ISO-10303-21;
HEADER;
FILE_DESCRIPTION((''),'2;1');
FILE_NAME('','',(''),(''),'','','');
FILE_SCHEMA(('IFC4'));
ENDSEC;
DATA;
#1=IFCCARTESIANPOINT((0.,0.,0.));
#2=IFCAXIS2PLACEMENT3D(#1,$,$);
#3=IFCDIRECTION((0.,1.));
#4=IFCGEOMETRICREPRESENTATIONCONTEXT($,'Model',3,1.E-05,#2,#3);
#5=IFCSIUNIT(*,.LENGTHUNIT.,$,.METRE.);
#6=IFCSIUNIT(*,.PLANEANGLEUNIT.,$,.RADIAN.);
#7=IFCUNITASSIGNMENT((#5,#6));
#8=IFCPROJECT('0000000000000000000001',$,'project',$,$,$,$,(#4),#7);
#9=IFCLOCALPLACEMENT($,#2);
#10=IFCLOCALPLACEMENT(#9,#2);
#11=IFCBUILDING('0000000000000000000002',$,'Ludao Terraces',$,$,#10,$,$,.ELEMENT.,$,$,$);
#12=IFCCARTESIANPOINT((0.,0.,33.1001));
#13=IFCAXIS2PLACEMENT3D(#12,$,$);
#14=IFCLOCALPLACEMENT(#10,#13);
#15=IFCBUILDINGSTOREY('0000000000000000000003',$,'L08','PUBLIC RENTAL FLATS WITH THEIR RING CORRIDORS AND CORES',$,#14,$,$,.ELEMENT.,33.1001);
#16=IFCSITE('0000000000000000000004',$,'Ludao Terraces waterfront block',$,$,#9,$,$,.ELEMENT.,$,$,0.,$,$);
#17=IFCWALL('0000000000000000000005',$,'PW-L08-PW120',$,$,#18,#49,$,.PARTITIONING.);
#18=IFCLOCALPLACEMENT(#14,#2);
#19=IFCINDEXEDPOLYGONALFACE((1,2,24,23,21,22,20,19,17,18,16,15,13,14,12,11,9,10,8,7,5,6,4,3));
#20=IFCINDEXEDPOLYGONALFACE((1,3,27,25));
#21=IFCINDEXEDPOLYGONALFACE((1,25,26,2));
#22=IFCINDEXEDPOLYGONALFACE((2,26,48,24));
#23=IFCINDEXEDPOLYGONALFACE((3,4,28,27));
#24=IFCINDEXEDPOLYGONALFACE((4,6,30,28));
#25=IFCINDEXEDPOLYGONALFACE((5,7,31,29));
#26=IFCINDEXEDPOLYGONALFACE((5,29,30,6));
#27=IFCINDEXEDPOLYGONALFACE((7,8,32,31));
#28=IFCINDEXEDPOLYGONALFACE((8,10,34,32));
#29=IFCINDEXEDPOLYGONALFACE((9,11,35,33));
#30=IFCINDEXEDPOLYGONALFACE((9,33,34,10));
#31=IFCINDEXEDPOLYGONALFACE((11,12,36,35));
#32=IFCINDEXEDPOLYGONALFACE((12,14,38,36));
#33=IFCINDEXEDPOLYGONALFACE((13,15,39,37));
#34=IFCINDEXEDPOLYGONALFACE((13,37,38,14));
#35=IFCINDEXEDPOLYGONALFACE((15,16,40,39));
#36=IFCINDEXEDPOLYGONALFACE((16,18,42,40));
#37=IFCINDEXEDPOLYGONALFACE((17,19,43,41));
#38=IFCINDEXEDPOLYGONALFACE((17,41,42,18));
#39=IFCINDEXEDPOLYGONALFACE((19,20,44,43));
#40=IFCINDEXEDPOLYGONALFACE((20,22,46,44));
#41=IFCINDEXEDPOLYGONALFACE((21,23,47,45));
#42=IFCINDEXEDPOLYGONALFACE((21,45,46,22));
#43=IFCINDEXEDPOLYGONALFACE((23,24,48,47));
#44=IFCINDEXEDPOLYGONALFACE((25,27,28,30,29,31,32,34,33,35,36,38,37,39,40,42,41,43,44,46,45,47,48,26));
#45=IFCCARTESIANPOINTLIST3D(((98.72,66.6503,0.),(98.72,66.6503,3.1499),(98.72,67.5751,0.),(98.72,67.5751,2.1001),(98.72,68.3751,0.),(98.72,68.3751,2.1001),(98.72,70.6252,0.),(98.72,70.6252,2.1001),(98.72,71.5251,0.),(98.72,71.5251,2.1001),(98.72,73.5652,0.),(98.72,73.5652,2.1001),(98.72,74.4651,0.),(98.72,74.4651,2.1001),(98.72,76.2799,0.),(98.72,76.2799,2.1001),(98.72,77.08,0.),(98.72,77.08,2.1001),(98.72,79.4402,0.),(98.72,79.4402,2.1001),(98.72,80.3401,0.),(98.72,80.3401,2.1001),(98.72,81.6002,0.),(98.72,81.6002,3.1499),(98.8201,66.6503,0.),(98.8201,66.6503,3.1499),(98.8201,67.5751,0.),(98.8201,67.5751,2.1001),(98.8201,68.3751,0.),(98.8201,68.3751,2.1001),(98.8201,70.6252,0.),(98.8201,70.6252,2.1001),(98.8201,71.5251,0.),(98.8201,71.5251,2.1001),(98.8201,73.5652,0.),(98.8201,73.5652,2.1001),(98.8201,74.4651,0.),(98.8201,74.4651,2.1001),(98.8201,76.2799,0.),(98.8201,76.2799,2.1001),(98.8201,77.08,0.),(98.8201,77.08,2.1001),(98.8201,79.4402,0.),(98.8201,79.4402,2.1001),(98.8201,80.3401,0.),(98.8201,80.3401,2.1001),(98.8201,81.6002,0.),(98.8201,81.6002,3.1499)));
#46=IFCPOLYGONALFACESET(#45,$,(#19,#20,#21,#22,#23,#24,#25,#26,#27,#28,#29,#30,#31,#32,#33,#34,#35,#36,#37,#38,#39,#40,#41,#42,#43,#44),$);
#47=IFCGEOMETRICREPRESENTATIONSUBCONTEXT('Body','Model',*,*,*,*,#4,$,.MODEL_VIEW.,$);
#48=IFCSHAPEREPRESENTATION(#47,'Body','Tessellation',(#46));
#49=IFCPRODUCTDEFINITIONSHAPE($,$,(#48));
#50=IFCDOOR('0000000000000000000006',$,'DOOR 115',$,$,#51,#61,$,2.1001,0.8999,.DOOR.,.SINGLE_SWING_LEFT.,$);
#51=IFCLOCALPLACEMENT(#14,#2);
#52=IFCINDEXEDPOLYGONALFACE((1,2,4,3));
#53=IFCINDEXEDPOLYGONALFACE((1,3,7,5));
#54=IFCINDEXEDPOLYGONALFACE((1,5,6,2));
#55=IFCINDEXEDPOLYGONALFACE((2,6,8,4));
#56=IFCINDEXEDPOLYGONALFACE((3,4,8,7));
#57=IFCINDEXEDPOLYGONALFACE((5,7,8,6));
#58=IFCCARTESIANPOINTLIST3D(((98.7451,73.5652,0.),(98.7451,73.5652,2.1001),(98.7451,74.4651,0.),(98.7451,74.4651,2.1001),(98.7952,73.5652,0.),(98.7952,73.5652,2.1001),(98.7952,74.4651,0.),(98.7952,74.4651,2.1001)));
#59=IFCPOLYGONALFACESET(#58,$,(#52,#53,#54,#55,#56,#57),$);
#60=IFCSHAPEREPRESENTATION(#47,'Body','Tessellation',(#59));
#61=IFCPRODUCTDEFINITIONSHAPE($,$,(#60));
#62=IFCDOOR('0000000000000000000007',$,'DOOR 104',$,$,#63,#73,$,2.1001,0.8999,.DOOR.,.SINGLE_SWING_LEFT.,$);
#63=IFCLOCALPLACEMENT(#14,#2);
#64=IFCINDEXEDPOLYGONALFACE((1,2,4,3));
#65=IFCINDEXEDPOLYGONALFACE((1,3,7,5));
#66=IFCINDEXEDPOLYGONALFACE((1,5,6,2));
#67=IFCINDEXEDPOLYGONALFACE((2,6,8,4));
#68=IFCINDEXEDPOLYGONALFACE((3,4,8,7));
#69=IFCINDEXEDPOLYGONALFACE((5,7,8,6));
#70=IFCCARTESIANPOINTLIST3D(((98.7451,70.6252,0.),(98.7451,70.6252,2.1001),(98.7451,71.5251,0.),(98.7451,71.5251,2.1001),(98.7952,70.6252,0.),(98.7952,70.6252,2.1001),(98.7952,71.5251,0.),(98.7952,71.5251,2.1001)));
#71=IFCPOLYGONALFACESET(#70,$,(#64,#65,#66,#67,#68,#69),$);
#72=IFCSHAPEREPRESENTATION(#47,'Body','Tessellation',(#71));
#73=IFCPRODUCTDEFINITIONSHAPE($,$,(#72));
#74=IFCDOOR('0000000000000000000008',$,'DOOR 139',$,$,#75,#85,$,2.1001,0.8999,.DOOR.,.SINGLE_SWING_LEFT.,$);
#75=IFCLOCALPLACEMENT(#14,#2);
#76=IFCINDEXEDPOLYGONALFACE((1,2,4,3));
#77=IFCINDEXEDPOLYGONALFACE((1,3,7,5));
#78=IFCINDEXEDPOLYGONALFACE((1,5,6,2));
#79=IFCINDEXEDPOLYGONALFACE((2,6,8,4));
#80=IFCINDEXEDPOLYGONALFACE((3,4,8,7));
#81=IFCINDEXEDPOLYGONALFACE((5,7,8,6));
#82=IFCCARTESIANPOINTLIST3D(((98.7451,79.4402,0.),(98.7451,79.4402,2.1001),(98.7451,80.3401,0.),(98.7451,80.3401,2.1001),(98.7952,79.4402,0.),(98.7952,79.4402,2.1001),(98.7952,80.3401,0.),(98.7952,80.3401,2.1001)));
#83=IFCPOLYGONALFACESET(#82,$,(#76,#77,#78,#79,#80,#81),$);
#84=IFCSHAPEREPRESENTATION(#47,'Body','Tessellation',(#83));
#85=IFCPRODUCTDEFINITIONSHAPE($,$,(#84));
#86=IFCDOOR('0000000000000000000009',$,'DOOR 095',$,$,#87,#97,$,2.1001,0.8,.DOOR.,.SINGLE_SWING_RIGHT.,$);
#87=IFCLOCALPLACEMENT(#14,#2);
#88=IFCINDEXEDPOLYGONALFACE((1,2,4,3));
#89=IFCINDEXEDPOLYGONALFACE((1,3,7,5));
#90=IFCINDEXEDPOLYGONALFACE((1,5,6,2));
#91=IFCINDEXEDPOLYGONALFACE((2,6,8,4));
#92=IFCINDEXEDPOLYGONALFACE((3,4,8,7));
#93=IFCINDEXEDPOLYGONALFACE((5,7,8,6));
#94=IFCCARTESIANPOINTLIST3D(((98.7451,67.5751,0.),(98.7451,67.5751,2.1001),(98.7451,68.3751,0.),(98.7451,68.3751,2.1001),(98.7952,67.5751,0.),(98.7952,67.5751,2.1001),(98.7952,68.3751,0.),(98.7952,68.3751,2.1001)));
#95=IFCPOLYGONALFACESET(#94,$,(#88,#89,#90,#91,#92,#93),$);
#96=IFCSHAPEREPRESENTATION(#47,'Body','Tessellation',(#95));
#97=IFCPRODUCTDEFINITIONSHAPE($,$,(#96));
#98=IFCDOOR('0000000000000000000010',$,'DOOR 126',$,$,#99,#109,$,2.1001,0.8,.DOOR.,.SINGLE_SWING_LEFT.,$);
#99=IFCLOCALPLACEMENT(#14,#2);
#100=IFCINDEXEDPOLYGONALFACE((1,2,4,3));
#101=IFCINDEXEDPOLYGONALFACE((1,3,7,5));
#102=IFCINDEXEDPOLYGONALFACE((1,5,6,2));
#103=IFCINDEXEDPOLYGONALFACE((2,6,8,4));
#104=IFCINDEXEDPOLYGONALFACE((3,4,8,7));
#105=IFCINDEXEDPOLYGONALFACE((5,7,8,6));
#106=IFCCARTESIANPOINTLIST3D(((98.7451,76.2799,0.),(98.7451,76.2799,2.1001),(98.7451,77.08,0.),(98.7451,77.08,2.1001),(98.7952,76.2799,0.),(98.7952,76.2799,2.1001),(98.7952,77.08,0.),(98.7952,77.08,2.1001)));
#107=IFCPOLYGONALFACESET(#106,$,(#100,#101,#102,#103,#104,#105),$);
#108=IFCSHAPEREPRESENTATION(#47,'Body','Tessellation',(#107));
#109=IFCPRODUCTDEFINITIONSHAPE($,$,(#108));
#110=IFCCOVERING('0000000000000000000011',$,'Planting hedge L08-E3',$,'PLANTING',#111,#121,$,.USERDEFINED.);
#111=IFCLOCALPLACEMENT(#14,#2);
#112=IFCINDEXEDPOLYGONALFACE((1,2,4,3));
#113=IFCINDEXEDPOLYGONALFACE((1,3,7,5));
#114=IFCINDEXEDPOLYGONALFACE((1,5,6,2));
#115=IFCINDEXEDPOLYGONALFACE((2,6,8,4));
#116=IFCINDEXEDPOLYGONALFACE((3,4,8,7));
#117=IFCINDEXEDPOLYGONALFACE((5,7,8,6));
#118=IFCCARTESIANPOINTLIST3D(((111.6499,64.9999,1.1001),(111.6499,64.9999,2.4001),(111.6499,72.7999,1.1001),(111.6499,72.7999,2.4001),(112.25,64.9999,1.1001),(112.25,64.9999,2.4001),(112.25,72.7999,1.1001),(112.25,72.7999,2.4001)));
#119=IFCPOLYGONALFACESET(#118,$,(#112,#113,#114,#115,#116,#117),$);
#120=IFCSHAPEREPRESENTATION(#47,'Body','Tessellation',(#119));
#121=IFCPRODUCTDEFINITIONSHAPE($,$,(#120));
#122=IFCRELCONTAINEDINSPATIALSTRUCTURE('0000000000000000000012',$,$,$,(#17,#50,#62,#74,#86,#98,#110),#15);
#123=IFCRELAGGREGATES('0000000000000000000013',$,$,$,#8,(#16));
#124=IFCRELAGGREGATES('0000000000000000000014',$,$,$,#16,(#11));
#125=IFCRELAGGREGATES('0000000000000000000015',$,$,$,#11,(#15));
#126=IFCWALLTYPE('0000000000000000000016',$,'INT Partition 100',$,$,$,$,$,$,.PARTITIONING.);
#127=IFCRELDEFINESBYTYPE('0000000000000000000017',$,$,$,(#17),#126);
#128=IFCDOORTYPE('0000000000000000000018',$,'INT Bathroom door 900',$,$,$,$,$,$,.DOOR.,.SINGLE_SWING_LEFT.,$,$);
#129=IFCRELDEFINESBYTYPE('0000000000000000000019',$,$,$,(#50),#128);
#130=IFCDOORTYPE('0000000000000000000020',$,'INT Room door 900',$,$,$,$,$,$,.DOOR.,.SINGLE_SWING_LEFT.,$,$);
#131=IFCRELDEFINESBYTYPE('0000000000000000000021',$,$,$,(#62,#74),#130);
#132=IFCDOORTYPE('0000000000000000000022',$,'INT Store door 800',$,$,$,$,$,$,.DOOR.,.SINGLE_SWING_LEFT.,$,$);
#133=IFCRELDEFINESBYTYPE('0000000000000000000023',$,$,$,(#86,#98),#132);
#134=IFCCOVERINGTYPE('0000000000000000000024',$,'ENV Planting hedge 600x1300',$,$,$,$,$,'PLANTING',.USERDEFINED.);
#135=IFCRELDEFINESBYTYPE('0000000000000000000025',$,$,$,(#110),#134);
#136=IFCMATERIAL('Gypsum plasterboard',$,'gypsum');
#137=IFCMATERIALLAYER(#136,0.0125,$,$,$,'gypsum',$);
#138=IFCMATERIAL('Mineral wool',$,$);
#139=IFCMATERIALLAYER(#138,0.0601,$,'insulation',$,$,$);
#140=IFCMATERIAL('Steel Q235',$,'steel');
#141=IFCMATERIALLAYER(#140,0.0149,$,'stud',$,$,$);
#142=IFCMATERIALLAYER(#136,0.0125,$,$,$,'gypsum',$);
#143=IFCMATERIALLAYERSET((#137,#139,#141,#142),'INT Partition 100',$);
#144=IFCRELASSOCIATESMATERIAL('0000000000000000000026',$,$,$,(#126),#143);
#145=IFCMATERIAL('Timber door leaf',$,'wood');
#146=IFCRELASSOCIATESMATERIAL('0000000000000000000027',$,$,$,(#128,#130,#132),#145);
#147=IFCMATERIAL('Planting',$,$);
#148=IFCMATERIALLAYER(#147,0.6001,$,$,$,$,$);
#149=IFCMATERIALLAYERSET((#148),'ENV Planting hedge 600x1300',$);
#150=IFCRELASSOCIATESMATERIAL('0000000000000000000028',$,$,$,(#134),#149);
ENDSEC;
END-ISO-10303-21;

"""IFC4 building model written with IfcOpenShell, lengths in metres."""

from ifc_helpers import new_model, si_unit, direction, frame, frame_2d, origin, origin_2d, place, context, subcontext, project, spatial, rectangle, extrude, material, layer, layer_set, type_object, element, fill, save


model = new_model("IFC4")

# Units and contexts
model_context = context("Model", 3, precision=1e-05, world=origin(), true_north=direction((0.0, 1.0)))
body_context = subcontext(model_context, "Body", "Model", "MODEL_VIEW")
ifc_project = project(units=[si_unit("LENGTHUNIT", "METRE"), si_unit("PLANEANGLEUNIT", "RADIAN")], contexts=[model_context])

# Site, building, storey
site_placement = place(None, origin())
site = spatial("IfcSite", under=ifc_project, at=site_placement, Name="Ludao Terraces waterfront block", CompositionType="ELEMENT", RefElevation=0.0)
building_placement = place(site_placement, origin())
building = spatial("IfcBuilding", under=site, at=building_placement, Name="Ludao Terraces", CompositionType="ELEMENT")
storey_placement = place(building_placement, frame((0.0, 0.0, 33.1001)))
storey = spatial("IfcBuildingStorey", under=building, at=storey_placement, Name="L08", Description="PUBLIC RENTAL FLATS WITH THEIR RING CORRIDORS AND CORES", CompositionType="ELEMENT", Elevation=33.1001)

# Shared definitions
ifc_material_1 = material(Name="Mineral wool")

# Shared definitions
ifc_material_2 = material(Name="Gypsum plasterboard", Category="gypsum")
ifc_layer_1 = layer(ifc_material_2, 0.0125, Category="gypsum")
ifc_layer_2 = layer(ifc_material_1, 0.0601, Name="insulation")
ifc_material_3 = material(Name="Steel Q235", Category="steel")
ifc_layer_3 = layer(ifc_material_3, 0.0149, Name="stud")
ifc_layer_4 = layer(ifc_material_2, 0.0125, Category="gypsum")
ifc_layer_set_1 = layer_set([ifc_layer_1, ifc_layer_2, ifc_layer_3, ifc_layer_4], Name="INT Partition 100")
wall_type_1 = type_object("IfcWallType", Name="INT Partition 100", PredefinedType="PARTITIONING", material=ifc_layer_set_1)

# Wall, openings, doors
wall_1_placement = place(storey_placement, frame((98.77, 66.6501, 0.0), z_axis=(0.0, 0.0, 1.0), x_axis=(0.0, 1.0, 0.0)))
wall_1 = element("IfcWall", 1, at=wall_1_placement, inside=storey, type_object=wall_type_1, Name="PW-L08-PW120", PredefinedType="PARTITIONING", context=body_context, shape_type="SweptSolid", body=[
    extrude(rectangle(XDim=14.95, YDim=0.1001, at=frame_2d((7.4751, 0.0))), origin(), (0.0, 0.0, 1.0), 3.1499),
])
opening_1_placement = place(wall_1_placement, frame((0.925, 0.0, 0.0)))
opening_1 = element("IfcOpeningElement", 2, at=opening_1_placement, cuts=wall_1, PredefinedType="OPENING", context=body_context, shape_type="SweptSolid", body=[
    extrude(rectangle(XDim=0.8, YDim=2.1001, at=frame_2d((0.3999, 1.05))), frame((0.0, 0.0601, 0.0), z_axis=(0.0, -1.0, 0.0), x_axis=(1.0, 0.0, 0.0)), (0.0, 0.0, 1.0), 0.1201),
])
opening_2_placement = place(wall_1_placement, frame((3.9751, 0.0, 0.0)))
opening_2 = element("IfcOpeningElement", 3, at=opening_2_placement, cuts=wall_1, PredefinedType="OPENING", context=body_context, shape_type="SweptSolid", body=[
    extrude(rectangle(XDim=0.8999, YDim=2.1001, at=frame_2d((0.45, 1.05))), frame((0.0, 0.0601, 0.0), z_axis=(0.0, -1.0, 0.0), x_axis=(1.0, 0.0, 0.0)), (0.0, 0.0, 1.0), 0.1201),
])
opening_3_placement = place(wall_1_placement, frame((6.915, 0.0, 0.0)))
opening_3 = element("IfcOpeningElement", 4, at=opening_3_placement, cuts=wall_1, PredefinedType="OPENING", context=body_context, shape_type="SweptSolid", body=[
    extrude(rectangle(XDim=0.8999, YDim=2.1001, at=frame_2d((0.45, 1.05))), frame((0.0, 0.0601, 0.0), z_axis=(0.0, -1.0, 0.0), x_axis=(1.0, 0.0, 0.0)), (0.0, 0.0, 1.0), 0.1201),
])
opening_4_placement = place(wall_1_placement, frame((9.6299, 0.0, 0.0)))
opening_4 = element("IfcOpeningElement", 5, at=opening_4_placement, cuts=wall_1, PredefinedType="OPENING", context=body_context, shape_type="SweptSolid", body=[
    extrude(rectangle(XDim=0.8, YDim=2.1001, at=frame_2d((0.3999, 1.05))), frame((0.0, 0.0601, 0.0), z_axis=(0.0, -1.0, 0.0), x_axis=(1.0, 0.0, 0.0)), (0.0, 0.0, 1.0), 0.1201),
])
opening_5_placement = place(wall_1_placement, frame((12.79, 0.0, 0.0)))
opening_5 = element("IfcOpeningElement", 6, at=opening_5_placement, cuts=wall_1, PredefinedType="OPENING", context=body_context, shape_type="SweptSolid", body=[
    extrude(rectangle(XDim=0.8999, YDim=2.1001, at=frame_2d((0.45, 1.05))), frame((0.0, 0.0601, 0.0), z_axis=(0.0, -1.0, 0.0), x_axis=(1.0, 0.0, 0.0)), (0.0, 0.0, 1.0), 0.1201),
])
ifc_material_4 = material(Name="Timber door leaf", Category="wood")
door_type_1 = type_object("IfcDoorType", Name="INT Bathroom door 900", OperationType="SINGLE_SWING_LEFT", PredefinedType="DOOR", material=ifc_material_4)
door_1_placement = place(opening_3_placement, origin())
door_1 = element("IfcDoor", 7, at=door_1_placement, inside=storey, type_object=door_type_1, Name="DOOR 115", OperationType="SINGLE_SWING_LEFT", OverallHeight=2.1001, OverallWidth=0.8999, PredefinedType="DOOR", context=body_context, shape_type="SweptSolid", body=[
    extrude(rectangle(XDim=0.8999, YDim=2.1001, at=frame_2d((0.45, 1.05))), frame((0.0, 0.0249, 0.0), z_axis=(0.0, -1.0, 0.0), x_axis=(1.0, 0.0, 0.0)), (0.0, 0.0, 1.0), 0.05),
])
fill(opening_3, door_1)
door_type_2 = type_object("IfcDoorType", Name="INT Room door 900", OperationType="SINGLE_SWING_LEFT", PredefinedType="DOOR", material=ifc_material_4)
door_2_placement = place(opening_2_placement, origin())
door_2 = element("IfcDoor", 8, at=door_2_placement, inside=storey, type_object=door_type_2, Name="DOOR 104", OperationType="SINGLE_SWING_LEFT", OverallHeight=2.1001, OverallWidth=0.8999, PredefinedType="DOOR", context=body_context, shape_type="SweptSolid", body=[
    extrude(rectangle(XDim=0.8999, YDim=2.1001, at=frame_2d((0.45, 1.05))), frame((0.0, 0.0249, 0.0), z_axis=(0.0, -1.0, 0.0), x_axis=(1.0, 0.0, 0.0)), (0.0, 0.0, 1.0), 0.05),
])
fill(opening_2, door_2)
door_3_placement = place(opening_5_placement, origin())
door_3 = element("IfcDoor", 9, at=door_3_placement, inside=storey, type_object=door_type_2, Name="DOOR 139", OperationType="SINGLE_SWING_LEFT", OverallHeight=2.1001, OverallWidth=0.8999, PredefinedType="DOOR", context=body_context, shape_type="SweptSolid", body=[
    extrude(rectangle(XDim=0.8999, YDim=2.1001, at=frame_2d((0.45, 1.05))), frame((0.0, 0.0249, 0.0), z_axis=(0.0, -1.0, 0.0), x_axis=(1.0, 0.0, 0.0)), (0.0, 0.0, 1.0), 0.05),
])
fill(opening_5, door_3)
door_type_3 = type_object("IfcDoorType", Name="INT Store door 800", OperationType="SINGLE_SWING_LEFT", PredefinedType="DOOR", material=ifc_material_4)
door_4_placement = place(opening_1_placement, origin())
door_4 = element("IfcDoor", 10, at=door_4_placement, inside=storey, type_object=door_type_3, Name="DOOR 095", OperationType="SINGLE_SWING_RIGHT", OverallHeight=2.1001, OverallWidth=0.8, PredefinedType="DOOR", context=body_context, shape_type="SweptSolid", body=[
    extrude(rectangle(XDim=0.8, YDim=2.1001, at=frame_2d((0.3999, 1.05))), frame((0.0, 0.0249, 0.0), z_axis=(0.0, -1.0, 0.0), x_axis=(1.0, 0.0, 0.0)), (0.0, 0.0, 1.0), 0.05),
])
fill(opening_1, door_4)
door_5_placement = place(opening_4_placement, origin())
door_5 = element("IfcDoor", 11, at=door_5_placement, inside=storey, type_object=door_type_3, Name="DOOR 126", OperationType="SINGLE_SWING_LEFT", OverallHeight=2.1001, OverallWidth=0.8, PredefinedType="DOOR", context=body_context, shape_type="SweptSolid", body=[
    extrude(rectangle(XDim=0.8, YDim=2.1001, at=frame_2d((0.3999, 1.05))), frame((0.0, 0.0249, 0.0), z_axis=(0.0, -1.0, 0.0), x_axis=(1.0, 0.0, 0.0)), (0.0, 0.0, 1.0), 0.05),
])
fill(opening_4, door_5)

# Covering
ifc_material_5 = material(Name="Planting")
ifc_layer_5 = layer(ifc_material_5, 0.6001)
ifc_layer_set_2 = layer_set([ifc_layer_5], Name="ENV Planting hedge 600x1300")
covering_type = type_object("IfcCoveringType", Name="ENV Planting hedge 600x1300", ElementType="PLANTING", PredefinedType="USERDEFINED", material=ifc_layer_set_2)
covering_placement = place(storey_placement, frame((111.95, 68.8999, 1.1001), z_axis=(0.0, 0.0, 1.0), x_axis=(1.0, 0.0, 0.0)))
element("IfcCovering", 12, at=covering_placement, inside=storey, type_object=covering_type, Name="Planting hedge L08-E3", ObjectType="PLANTING", PredefinedType="USERDEFINED", context=body_context, shape_type="SweptSolid", body=[
    extrude(rectangle(XDim=0.6001, YDim=7.8, at=origin_2d()), origin(), (0.0, 0.0, 1.0), 1.3),
])

save(model, "model.ifc")
